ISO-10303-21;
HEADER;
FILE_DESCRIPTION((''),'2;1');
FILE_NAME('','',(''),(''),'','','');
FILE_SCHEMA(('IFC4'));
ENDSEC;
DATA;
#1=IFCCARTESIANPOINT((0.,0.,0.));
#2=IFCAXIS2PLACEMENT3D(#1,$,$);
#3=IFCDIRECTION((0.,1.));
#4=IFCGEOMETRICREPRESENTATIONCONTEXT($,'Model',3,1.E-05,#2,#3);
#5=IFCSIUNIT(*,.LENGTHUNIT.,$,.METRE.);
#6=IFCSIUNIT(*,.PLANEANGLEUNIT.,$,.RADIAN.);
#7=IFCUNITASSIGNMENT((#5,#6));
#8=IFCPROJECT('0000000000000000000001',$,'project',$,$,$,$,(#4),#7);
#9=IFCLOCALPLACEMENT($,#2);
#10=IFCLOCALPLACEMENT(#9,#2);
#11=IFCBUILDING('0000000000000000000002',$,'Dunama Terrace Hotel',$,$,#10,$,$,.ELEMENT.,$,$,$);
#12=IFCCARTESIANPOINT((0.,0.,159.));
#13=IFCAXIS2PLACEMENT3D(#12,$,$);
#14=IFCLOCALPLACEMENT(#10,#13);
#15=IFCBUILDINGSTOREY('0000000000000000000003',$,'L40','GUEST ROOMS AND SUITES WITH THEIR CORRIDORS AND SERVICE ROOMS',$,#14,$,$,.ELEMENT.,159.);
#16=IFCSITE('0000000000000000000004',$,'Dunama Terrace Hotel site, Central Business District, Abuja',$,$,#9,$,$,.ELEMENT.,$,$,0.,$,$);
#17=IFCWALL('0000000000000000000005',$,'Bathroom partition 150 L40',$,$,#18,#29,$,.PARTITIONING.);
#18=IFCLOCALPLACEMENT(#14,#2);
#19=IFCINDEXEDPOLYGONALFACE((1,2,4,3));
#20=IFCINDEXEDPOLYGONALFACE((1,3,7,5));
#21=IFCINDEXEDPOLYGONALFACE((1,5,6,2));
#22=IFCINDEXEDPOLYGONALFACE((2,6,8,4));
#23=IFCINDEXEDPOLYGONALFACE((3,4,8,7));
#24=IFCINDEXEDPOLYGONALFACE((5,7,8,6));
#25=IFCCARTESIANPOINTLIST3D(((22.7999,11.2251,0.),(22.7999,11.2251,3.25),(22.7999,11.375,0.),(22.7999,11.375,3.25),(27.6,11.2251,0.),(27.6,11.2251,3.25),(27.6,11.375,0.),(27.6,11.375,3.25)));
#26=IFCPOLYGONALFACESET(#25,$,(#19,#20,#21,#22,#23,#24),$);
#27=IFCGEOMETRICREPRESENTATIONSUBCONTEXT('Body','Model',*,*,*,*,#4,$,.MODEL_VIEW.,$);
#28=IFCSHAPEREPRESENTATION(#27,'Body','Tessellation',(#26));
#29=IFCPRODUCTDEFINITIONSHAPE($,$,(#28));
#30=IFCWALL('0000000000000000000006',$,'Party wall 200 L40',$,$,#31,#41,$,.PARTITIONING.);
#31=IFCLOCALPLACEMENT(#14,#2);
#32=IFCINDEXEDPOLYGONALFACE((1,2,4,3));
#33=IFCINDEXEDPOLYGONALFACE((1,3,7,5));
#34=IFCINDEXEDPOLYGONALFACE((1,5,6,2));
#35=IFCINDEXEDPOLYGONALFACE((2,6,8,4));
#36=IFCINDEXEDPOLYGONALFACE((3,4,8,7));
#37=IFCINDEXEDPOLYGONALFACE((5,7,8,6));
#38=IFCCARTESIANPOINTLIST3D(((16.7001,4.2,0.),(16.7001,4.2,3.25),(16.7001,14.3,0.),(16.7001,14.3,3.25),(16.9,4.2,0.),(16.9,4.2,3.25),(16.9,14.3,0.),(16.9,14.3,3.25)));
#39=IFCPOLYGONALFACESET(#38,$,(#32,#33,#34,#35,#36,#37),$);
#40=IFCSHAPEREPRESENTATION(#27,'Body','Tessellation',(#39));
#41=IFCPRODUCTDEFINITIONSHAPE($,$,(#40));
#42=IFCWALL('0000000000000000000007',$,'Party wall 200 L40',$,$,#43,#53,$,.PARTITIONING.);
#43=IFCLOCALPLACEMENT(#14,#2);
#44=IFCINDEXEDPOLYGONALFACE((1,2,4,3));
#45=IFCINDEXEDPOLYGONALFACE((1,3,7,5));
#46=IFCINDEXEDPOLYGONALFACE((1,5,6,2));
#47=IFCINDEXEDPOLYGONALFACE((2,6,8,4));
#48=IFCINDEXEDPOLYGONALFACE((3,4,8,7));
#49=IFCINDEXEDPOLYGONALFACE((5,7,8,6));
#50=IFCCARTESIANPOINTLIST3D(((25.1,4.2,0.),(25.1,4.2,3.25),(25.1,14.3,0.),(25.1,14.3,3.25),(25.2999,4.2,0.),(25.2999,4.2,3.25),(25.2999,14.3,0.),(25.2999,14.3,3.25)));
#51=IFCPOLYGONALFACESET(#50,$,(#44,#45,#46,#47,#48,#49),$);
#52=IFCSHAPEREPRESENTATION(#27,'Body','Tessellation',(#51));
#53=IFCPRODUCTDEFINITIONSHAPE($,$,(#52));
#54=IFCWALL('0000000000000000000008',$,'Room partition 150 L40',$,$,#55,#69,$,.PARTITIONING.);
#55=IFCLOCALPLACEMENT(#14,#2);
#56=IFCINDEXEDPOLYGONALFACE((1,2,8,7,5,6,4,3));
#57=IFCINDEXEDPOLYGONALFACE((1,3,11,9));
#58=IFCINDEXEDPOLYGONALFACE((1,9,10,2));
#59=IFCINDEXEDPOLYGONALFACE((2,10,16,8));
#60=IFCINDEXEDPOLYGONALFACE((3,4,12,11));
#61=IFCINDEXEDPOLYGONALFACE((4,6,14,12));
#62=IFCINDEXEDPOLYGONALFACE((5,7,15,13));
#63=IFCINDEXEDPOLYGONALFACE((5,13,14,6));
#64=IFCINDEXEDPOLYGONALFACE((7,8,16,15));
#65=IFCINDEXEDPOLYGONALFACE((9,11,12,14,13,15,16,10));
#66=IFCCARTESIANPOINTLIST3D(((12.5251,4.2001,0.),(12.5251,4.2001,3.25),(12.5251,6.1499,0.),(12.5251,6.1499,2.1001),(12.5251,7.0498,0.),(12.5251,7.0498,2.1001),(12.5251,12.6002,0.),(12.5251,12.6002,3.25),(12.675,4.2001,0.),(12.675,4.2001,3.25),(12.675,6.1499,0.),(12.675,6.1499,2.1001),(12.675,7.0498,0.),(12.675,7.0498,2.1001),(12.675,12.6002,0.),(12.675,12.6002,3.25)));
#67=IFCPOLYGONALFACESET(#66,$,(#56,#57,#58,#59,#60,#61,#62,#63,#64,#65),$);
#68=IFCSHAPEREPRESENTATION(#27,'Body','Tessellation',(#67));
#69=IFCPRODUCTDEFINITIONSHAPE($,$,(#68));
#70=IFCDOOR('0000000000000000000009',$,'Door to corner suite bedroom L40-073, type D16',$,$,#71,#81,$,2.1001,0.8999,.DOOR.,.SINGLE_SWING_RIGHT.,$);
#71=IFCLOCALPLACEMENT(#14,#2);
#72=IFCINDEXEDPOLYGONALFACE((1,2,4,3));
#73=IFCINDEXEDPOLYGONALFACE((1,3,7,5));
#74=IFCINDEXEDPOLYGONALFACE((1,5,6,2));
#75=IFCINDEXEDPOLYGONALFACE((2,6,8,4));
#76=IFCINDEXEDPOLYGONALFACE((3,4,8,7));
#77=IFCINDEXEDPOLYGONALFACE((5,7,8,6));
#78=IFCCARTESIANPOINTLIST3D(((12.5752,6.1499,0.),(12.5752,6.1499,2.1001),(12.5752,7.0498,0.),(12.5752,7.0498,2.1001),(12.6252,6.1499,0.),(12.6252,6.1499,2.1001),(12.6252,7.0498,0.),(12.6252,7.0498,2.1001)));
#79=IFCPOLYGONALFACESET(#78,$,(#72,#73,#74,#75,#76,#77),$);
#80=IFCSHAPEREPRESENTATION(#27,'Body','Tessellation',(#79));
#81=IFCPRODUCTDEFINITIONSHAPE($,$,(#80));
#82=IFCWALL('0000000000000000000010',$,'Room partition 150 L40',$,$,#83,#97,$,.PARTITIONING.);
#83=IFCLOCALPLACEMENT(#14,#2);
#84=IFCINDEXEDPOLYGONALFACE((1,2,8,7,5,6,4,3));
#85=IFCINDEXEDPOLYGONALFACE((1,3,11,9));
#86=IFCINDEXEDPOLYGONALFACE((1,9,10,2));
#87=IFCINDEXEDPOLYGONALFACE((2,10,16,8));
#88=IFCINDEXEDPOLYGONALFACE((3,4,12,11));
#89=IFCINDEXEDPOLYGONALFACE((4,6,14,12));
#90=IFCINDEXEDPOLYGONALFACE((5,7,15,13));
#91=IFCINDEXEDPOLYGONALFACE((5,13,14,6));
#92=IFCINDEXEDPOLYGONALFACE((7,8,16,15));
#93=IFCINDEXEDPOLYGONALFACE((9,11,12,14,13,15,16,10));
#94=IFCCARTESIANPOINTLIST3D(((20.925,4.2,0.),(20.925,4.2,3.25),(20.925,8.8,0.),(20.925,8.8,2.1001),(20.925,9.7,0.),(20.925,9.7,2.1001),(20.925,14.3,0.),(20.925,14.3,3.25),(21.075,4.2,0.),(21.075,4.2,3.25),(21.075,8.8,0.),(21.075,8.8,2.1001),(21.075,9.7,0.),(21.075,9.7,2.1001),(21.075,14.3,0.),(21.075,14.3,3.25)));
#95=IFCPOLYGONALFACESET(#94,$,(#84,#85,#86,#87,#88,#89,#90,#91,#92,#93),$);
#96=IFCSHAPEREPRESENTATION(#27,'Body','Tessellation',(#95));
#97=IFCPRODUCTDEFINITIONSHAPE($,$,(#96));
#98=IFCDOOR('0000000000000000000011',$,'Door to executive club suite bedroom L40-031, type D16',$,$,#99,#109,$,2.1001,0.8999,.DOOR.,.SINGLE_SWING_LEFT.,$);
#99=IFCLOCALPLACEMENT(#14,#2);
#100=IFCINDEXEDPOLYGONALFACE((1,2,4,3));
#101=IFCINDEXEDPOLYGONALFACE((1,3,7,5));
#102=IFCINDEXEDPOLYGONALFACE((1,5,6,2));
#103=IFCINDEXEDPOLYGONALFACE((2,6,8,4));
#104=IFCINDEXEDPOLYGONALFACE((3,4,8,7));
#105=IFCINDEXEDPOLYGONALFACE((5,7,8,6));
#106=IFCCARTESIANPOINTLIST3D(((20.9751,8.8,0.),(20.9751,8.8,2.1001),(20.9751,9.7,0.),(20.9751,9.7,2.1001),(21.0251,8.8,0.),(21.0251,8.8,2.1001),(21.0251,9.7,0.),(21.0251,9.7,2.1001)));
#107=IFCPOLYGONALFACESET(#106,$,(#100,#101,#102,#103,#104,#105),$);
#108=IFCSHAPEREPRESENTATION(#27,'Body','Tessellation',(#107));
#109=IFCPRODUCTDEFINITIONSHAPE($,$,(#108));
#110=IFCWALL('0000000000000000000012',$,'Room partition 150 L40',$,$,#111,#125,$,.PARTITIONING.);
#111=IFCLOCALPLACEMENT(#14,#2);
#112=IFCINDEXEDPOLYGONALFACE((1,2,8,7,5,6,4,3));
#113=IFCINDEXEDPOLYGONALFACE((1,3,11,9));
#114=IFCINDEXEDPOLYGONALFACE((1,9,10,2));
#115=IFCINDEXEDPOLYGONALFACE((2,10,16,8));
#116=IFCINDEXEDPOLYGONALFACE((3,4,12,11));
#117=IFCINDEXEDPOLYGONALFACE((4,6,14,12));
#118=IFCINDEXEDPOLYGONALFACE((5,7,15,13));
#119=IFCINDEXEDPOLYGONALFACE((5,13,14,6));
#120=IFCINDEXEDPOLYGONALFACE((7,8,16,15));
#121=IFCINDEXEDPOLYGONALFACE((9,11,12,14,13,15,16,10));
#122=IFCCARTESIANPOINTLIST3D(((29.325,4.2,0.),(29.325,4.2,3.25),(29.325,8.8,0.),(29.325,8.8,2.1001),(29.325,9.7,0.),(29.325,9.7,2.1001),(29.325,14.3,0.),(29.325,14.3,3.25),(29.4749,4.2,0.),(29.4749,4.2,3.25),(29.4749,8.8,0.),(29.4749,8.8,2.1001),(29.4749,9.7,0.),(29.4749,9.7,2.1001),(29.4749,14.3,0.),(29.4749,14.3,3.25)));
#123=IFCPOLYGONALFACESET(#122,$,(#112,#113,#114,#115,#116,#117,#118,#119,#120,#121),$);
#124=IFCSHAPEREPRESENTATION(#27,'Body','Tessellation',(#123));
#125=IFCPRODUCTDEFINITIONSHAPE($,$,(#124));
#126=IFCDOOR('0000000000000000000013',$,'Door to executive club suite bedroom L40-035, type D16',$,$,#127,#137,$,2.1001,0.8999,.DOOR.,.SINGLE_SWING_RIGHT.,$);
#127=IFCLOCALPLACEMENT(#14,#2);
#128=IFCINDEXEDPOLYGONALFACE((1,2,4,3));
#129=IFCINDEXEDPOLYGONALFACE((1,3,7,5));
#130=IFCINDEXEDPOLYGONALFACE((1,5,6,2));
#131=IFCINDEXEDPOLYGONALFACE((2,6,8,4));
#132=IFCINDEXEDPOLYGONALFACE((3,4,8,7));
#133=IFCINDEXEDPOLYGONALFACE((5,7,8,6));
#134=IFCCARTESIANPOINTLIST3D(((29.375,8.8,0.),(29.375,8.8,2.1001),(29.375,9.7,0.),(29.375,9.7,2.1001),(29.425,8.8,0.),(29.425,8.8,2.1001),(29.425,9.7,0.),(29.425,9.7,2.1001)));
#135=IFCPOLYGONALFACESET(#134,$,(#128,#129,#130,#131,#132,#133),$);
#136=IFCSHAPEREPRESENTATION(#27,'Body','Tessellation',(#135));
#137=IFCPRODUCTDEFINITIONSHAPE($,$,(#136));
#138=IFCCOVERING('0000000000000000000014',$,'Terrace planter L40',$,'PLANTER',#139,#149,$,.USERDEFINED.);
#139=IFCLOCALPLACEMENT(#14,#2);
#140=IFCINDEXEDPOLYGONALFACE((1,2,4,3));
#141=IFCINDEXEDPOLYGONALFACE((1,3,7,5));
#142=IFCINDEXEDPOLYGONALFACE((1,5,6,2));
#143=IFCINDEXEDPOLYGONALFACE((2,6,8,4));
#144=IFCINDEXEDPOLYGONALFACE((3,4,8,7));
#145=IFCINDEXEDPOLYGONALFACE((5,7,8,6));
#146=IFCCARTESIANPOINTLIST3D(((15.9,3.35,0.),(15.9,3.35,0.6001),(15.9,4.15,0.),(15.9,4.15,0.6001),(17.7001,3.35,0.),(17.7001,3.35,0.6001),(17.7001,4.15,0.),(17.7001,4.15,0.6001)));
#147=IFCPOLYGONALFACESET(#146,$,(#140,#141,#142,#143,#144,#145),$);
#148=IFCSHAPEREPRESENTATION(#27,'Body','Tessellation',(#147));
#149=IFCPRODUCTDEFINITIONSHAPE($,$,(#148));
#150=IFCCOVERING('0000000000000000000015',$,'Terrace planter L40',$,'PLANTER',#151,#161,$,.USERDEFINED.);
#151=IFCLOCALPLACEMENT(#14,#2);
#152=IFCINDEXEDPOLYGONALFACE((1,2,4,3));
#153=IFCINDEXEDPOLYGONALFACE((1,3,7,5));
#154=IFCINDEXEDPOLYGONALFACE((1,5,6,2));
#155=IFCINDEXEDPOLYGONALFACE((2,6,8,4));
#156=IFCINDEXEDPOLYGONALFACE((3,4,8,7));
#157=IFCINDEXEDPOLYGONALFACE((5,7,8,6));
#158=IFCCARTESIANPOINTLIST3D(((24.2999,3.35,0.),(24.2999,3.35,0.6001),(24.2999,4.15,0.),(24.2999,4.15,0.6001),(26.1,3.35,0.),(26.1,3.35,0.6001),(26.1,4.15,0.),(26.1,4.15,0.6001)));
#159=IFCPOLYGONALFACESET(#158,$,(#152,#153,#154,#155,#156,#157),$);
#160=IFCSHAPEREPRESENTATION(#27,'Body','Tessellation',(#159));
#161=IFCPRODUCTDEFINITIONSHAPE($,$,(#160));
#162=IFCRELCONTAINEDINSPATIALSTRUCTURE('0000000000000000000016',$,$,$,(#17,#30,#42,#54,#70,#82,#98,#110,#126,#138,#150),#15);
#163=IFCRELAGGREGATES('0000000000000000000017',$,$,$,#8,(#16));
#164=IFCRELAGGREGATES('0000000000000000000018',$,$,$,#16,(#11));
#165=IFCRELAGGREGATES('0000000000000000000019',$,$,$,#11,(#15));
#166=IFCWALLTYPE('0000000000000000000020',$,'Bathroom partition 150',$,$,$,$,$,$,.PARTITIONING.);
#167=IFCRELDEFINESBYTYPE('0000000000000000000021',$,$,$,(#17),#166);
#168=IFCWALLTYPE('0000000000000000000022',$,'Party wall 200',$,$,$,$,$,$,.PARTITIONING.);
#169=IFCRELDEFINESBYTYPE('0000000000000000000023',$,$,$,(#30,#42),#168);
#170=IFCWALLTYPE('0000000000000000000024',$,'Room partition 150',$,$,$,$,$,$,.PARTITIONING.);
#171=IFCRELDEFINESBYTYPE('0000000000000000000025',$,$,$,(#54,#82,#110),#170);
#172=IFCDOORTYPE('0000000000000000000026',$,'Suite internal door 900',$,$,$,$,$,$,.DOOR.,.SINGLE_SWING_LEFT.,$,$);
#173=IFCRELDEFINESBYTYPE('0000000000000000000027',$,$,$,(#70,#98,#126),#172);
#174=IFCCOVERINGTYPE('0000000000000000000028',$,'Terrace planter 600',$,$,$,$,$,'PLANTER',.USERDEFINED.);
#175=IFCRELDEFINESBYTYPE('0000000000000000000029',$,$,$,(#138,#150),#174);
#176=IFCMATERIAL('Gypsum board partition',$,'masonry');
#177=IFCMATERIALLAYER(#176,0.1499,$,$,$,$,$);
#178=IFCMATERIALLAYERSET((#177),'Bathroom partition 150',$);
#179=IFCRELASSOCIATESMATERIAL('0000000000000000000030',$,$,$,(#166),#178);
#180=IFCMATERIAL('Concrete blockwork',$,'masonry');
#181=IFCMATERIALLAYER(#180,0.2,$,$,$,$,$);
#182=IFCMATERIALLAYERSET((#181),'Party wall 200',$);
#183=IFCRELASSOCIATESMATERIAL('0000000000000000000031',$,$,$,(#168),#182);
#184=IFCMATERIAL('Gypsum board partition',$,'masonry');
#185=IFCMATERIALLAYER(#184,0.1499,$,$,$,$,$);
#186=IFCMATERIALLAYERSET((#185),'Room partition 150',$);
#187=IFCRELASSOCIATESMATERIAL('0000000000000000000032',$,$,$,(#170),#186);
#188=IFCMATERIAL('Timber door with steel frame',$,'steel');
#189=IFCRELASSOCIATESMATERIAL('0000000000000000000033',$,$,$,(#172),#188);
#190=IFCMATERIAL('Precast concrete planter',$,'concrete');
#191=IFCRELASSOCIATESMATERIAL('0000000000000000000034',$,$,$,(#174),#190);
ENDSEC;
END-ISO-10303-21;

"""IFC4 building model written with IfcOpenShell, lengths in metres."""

from ifc_helpers import new_model, si_unit, direction, frame, frame_2d, origin, origin_2d, place, context, subcontext, project, spatial, rectangle, extrude, material, layer, layer_set, type_object, element, fill, save


model = new_model("IFC4")

# Units and contexts
model_context = context("Model", 3, precision=1e-05, world=origin(), true_north=direction((0.0, 1.0)))
body_context = subcontext(model_context, "Body", "Model", "MODEL_VIEW")
ifc_project = project(units=[si_unit("LENGTHUNIT", "METRE"), si_unit("PLANEANGLEUNIT", "RADIAN")], contexts=[model_context])

# Site, building, storey
site_placement = place(None, origin())
site = spatial("IfcSite", under=ifc_project, at=site_placement, Name="Dunama Terrace Hotel site, Central Business District, Abuja", CompositionType="ELEMENT", RefElevation=0.0)
building_placement = place(site_placement, origin())
building = spatial("IfcBuilding", under=site, at=building_placement, Name="Dunama Terrace Hotel", CompositionType="ELEMENT")
storey_placement = place(building_placement, frame((0.0, 0.0, 159.0)))
storey = spatial("IfcBuildingStorey", under=building, at=storey_placement, Name="L40", Description="GUEST ROOMS AND SUITES WITH THEIR CORRIDORS AND SERVICE ROOMS", CompositionType="ELEMENT", Elevation=159.0)

# Shared definitions
ifc_material_1 = material(Name="Gypsum board partition", Category="masonry")
ifc_layer_1 = layer(ifc_material_1, 0.1499)
ifc_layer_set_1 = layer_set([ifc_layer_1], Name="Bathroom partition 150")
wall_type_1 = type_object("IfcWallType", Name="Bathroom partition 150", PredefinedType="PARTITIONING", material=ifc_layer_set_1)

# Walls
wall_1_placement = place(storey_placement, frame((22.8, 11.3, 0.0), z_axis=(0.0, 0.0, 1.0), x_axis=(1.0, 0.0, 0.0)))
element("IfcWall", 1, at=wall_1_placement, inside=storey, type_object=wall_type_1, Name="Bathroom partition 150 L40", PredefinedType="PARTITIONING", context=body_context, shape_type="SweptSolid", body=[
    extrude(rectangle(XDim=4.8, YDim=0.1499, at=frame_2d((2.3999, 0.0))), origin(), (0.0, 0.0, 1.0), 3.25),
])
ifc_material_2 = material(Name="Concrete blockwork", Category="masonry")
ifc_layer_2 = layer(ifc_material_2, 0.2)
ifc_layer_set_2 = layer_set([ifc_layer_2], Name="Party wall 200")
wall_type_2 = type_object("IfcWallType", Name="Party wall 200", PredefinedType="PARTITIONING", material=ifc_layer_set_2)
for number, where, z_axis, x_axis, name in (
    (2, (16.8, 4.2, 0.0), (0.0, 0.0, 1.0), (0.0, 1.0, 0.0), "Party wall 200 L40"),
    (3, (25.2, 4.2, 0.0), (0.0, 0.0, 1.0), (0.0, 1.0, 0.0), "Party wall 200 L40"),
):
    element("IfcWall", number, at=place(storey_placement, frame(where, z_axis=z_axis, x_axis=x_axis)), inside=storey, type_object=wall_type_2, Name=name, PredefinedType="PARTITIONING", context=body_context, shape_type="SweptSolid", body=[
        extrude(rectangle(XDim=10.1001, YDim=0.2, at=frame_2d((5.05, 0.0))), origin(), (0.0, 0.0, 1.0), 3.25),
    ])

# Walls, openings, doors
ifc_material_3 = material(Name="Gypsum board partition", Category="masonry")
ifc_layer_3 = layer(ifc_material_3, 0.1499)
ifc_layer_set_3 = layer_set([ifc_layer_3], Name="Room partition 150")
wall_type_3 = type_object("IfcWallType", Name="Room partition 150", PredefinedType="PARTITIONING", material=ifc_layer_set_3)
wall_2_placement = place(storey_placement, frame((12.6001, 4.2, 0.0), z_axis=(0.0, 0.0, 1.0), x_axis=(0.0, 1.0, 0.0)))
wall_2 = element("IfcWall", 4, at=wall_2_placement, inside=storey, type_object=wall_type_3, Name="Room partition 150 L40", PredefinedType="PARTITIONING", context=body_context, shape_type="SweptSolid", body=[
    extrude(rectangle(XDim=8.4001, YDim=0.1499, at=frame_2d((4.2002, 0.0))), origin(), (0.0, 0.0, 1.0), 3.25),
])
opening_1_placement = place(wall_2_placement, frame((1.95, 0.0, 0.0)))
opening_1 = element("IfcOpeningElement", 5, at=opening_1_placement, cuts=wall_2, PredefinedType="OPENING", context=body_context, shape_type="SweptSolid", body=[
    extrude(rectangle(XDim=0.8999, YDim=2.1001, at=frame_2d((0.45, 1.05))), frame((0.0, 0.085, 0.0), z_axis=(0.0, -1.0, 0.0), x_axis=(1.0, 0.0, 0.0)), (0.0, 0.0, 1.0), 0.1699),
])
ifc_material_4 = material(Name="Timber door with steel frame", Category="steel")
door_type_1 = type_object("IfcDoorType", Name="Suite internal door 900", OperationType="SINGLE_SWING_LEFT", PredefinedType="DOOR", material=ifc_material_4)
door_1_placement = place(opening_1_placement, origin())
door_1 = element("IfcDoor", 6, at=door_1_placement, inside=storey, type_object=door_type_1, Name="Door to corner suite bedroom L40-073, type D16", OperationType="SINGLE_SWING_RIGHT", OverallHeight=2.1001, OverallWidth=0.8999, PredefinedType="DOOR", context=body_context, shape_type="SweptSolid", body=[
    extrude(rectangle(XDim=0.8999, YDim=2.1001, at=frame_2d((0.45, 1.05))), frame((0.0, 0.0249, 0.0), z_axis=(0.0, -1.0, 0.0), x_axis=(1.0, 0.0, 0.0)), (0.0, 0.0, 1.0), 0.05),
])
fill(opening_1, door_1)
wall_3_placement = place(storey_placement, frame((21.0, 4.2, 0.0), z_axis=(0.0, 0.0, 1.0), x_axis=(0.0, 1.0, 0.0)))
wall_3 = element("IfcWall", 7, at=wall_3_placement, inside=storey, type_object=wall_type_3, Name="Room partition 150 L40", PredefinedType="PARTITIONING", context=body_context, shape_type="SweptSolid", body=[
    extrude(rectangle(XDim=10.1001, YDim=0.1499, at=frame_2d((5.05, 0.0))), origin(), (0.0, 0.0, 1.0), 3.25),
])
opening_2_placement = place(wall_3_placement, frame((4.6001, 0.0, 0.0)))
opening_2 = element("IfcOpeningElement", 8, at=opening_2_placement, cuts=wall_3, PredefinedType="OPENING", context=body_context, shape_type="SweptSolid", body=[
    extrude(rectangle(XDim=0.8999, YDim=2.1001, at=frame_2d((0.45, 1.05))), frame((0.0, 0.085, 0.0), z_axis=(0.0, -1.0, 0.0), x_axis=(1.0, 0.0, 0.0)), (0.0, 0.0, 1.0), 0.1699),
])
door_2_placement = place(opening_2_placement, frame((0.8999, 0.0, 0.0), z_axis=(0.0, 0.0, 1.0), x_axis=(-1.0, 0.0, 0.0)))
door_2 = element("IfcDoor", 9, at=door_2_placement, inside=storey, type_object=door_type_1, Name="Door to executive club suite bedroom L40-031, type D16", OperationType="SINGLE_SWING_LEFT", OverallHeight=2.1001, OverallWidth=0.8999, PredefinedType="DOOR", context=body_context, shape_type="SweptSolid", body=[
    extrude(rectangle(XDim=0.8999, YDim=2.1001, at=frame_2d((0.45, 1.05))), frame((0.0, 0.0251, 0.0), z_axis=(0.0, -1.0, 0.0), x_axis=(1.0, 0.0, 0.0)), (0.0, 0.0, 1.0), 0.05),
])
fill(opening_2, door_2)
wall_4_placement = place(storey_placement, frame((29.3999, 4.2, 0.0), z_axis=(0.0, 0.0, 1.0), x_axis=(0.0, 1.0, 0.0)))
wall_4 = element("IfcWall", 10, at=wall_4_placement, inside=storey, type_object=wall_type_3, Name="Room partition 150 L40", PredefinedType="PARTITIONING", context=body_context, shape_type="SweptSolid", body=[
    extrude(rectangle(XDim=10.1001, YDim=0.1499, at=frame_2d((5.05, 0.0))), origin(), (0.0, 0.0, 1.0), 3.25),
])
opening_3_placement = place(wall_4_placement, frame((4.6001, 0.0, 0.0)))
opening_3 = element("IfcOpeningElement", 11, at=opening_3_placement, cuts=wall_4, PredefinedType="OPENING", context=body_context, shape_type="SweptSolid", body=[
    extrude(rectangle(XDim=0.8999, YDim=2.1001, at=frame_2d((0.45, 1.05))), frame((0.0, 0.085, 0.0), z_axis=(0.0, -1.0, 0.0), x_axis=(1.0, 0.0, 0.0)), (0.0, 0.0, 1.0), 0.1699),
])
door_3_placement = place(opening_3_placement, origin())
door_3 = element("IfcDoor", 12, at=door_3_placement, inside=storey, type_object=door_type_1, Name="Door to executive club suite bedroom L40-035, type D16", OperationType="SINGLE_SWING_RIGHT", OverallHeight=2.1001, OverallWidth=0.8999, PredefinedType="DOOR", context=body_context, shape_type="SweptSolid", body=[
    extrude(rectangle(XDim=0.8999, YDim=2.1001, at=frame_2d((0.45, 1.05))), frame((0.0, 0.0249, 0.0), z_axis=(0.0, -1.0, 0.0), x_axis=(1.0, 0.0, 0.0)), (0.0, 0.0, 1.0), 0.05),
])
fill(opening_3, door_3)

# Coverings
ifc_material_5 = material(Name="Precast concrete planter", Category="concrete")
covering_type = type_object("IfcCoveringType", Name="Terrace planter 600", ElementType="PLANTER", PredefinedType="USERDEFINED", material=ifc_material_5)
for number, where, z_axis, x_axis, name in (
    (13, (16.8, 3.75, 0.0), (0.0, 0.0, 1.0), (1.0, 0.0, 0.0), "Terrace planter L40"),
    (14, (25.2, 3.75, 0.0), (0.0, 0.0, 1.0), (1.0, 0.0, 0.0), "Terrace planter L40"),
):
    element("IfcCovering", number, at=place(storey_placement, frame(where, z_axis=z_axis, x_axis=x_axis)), inside=storey, type_object=covering_type, Name=name, ObjectType="PLANTER", PredefinedType="USERDEFINED", context=body_context, shape_type="SweptSolid", body=[
        extrude(rectangle(XDim=1.8, YDim=0.8, at=origin_2d()), origin(), (0.0, 0.0, 1.0), 0.6001),
    ])

save(model, "model.ifc")
